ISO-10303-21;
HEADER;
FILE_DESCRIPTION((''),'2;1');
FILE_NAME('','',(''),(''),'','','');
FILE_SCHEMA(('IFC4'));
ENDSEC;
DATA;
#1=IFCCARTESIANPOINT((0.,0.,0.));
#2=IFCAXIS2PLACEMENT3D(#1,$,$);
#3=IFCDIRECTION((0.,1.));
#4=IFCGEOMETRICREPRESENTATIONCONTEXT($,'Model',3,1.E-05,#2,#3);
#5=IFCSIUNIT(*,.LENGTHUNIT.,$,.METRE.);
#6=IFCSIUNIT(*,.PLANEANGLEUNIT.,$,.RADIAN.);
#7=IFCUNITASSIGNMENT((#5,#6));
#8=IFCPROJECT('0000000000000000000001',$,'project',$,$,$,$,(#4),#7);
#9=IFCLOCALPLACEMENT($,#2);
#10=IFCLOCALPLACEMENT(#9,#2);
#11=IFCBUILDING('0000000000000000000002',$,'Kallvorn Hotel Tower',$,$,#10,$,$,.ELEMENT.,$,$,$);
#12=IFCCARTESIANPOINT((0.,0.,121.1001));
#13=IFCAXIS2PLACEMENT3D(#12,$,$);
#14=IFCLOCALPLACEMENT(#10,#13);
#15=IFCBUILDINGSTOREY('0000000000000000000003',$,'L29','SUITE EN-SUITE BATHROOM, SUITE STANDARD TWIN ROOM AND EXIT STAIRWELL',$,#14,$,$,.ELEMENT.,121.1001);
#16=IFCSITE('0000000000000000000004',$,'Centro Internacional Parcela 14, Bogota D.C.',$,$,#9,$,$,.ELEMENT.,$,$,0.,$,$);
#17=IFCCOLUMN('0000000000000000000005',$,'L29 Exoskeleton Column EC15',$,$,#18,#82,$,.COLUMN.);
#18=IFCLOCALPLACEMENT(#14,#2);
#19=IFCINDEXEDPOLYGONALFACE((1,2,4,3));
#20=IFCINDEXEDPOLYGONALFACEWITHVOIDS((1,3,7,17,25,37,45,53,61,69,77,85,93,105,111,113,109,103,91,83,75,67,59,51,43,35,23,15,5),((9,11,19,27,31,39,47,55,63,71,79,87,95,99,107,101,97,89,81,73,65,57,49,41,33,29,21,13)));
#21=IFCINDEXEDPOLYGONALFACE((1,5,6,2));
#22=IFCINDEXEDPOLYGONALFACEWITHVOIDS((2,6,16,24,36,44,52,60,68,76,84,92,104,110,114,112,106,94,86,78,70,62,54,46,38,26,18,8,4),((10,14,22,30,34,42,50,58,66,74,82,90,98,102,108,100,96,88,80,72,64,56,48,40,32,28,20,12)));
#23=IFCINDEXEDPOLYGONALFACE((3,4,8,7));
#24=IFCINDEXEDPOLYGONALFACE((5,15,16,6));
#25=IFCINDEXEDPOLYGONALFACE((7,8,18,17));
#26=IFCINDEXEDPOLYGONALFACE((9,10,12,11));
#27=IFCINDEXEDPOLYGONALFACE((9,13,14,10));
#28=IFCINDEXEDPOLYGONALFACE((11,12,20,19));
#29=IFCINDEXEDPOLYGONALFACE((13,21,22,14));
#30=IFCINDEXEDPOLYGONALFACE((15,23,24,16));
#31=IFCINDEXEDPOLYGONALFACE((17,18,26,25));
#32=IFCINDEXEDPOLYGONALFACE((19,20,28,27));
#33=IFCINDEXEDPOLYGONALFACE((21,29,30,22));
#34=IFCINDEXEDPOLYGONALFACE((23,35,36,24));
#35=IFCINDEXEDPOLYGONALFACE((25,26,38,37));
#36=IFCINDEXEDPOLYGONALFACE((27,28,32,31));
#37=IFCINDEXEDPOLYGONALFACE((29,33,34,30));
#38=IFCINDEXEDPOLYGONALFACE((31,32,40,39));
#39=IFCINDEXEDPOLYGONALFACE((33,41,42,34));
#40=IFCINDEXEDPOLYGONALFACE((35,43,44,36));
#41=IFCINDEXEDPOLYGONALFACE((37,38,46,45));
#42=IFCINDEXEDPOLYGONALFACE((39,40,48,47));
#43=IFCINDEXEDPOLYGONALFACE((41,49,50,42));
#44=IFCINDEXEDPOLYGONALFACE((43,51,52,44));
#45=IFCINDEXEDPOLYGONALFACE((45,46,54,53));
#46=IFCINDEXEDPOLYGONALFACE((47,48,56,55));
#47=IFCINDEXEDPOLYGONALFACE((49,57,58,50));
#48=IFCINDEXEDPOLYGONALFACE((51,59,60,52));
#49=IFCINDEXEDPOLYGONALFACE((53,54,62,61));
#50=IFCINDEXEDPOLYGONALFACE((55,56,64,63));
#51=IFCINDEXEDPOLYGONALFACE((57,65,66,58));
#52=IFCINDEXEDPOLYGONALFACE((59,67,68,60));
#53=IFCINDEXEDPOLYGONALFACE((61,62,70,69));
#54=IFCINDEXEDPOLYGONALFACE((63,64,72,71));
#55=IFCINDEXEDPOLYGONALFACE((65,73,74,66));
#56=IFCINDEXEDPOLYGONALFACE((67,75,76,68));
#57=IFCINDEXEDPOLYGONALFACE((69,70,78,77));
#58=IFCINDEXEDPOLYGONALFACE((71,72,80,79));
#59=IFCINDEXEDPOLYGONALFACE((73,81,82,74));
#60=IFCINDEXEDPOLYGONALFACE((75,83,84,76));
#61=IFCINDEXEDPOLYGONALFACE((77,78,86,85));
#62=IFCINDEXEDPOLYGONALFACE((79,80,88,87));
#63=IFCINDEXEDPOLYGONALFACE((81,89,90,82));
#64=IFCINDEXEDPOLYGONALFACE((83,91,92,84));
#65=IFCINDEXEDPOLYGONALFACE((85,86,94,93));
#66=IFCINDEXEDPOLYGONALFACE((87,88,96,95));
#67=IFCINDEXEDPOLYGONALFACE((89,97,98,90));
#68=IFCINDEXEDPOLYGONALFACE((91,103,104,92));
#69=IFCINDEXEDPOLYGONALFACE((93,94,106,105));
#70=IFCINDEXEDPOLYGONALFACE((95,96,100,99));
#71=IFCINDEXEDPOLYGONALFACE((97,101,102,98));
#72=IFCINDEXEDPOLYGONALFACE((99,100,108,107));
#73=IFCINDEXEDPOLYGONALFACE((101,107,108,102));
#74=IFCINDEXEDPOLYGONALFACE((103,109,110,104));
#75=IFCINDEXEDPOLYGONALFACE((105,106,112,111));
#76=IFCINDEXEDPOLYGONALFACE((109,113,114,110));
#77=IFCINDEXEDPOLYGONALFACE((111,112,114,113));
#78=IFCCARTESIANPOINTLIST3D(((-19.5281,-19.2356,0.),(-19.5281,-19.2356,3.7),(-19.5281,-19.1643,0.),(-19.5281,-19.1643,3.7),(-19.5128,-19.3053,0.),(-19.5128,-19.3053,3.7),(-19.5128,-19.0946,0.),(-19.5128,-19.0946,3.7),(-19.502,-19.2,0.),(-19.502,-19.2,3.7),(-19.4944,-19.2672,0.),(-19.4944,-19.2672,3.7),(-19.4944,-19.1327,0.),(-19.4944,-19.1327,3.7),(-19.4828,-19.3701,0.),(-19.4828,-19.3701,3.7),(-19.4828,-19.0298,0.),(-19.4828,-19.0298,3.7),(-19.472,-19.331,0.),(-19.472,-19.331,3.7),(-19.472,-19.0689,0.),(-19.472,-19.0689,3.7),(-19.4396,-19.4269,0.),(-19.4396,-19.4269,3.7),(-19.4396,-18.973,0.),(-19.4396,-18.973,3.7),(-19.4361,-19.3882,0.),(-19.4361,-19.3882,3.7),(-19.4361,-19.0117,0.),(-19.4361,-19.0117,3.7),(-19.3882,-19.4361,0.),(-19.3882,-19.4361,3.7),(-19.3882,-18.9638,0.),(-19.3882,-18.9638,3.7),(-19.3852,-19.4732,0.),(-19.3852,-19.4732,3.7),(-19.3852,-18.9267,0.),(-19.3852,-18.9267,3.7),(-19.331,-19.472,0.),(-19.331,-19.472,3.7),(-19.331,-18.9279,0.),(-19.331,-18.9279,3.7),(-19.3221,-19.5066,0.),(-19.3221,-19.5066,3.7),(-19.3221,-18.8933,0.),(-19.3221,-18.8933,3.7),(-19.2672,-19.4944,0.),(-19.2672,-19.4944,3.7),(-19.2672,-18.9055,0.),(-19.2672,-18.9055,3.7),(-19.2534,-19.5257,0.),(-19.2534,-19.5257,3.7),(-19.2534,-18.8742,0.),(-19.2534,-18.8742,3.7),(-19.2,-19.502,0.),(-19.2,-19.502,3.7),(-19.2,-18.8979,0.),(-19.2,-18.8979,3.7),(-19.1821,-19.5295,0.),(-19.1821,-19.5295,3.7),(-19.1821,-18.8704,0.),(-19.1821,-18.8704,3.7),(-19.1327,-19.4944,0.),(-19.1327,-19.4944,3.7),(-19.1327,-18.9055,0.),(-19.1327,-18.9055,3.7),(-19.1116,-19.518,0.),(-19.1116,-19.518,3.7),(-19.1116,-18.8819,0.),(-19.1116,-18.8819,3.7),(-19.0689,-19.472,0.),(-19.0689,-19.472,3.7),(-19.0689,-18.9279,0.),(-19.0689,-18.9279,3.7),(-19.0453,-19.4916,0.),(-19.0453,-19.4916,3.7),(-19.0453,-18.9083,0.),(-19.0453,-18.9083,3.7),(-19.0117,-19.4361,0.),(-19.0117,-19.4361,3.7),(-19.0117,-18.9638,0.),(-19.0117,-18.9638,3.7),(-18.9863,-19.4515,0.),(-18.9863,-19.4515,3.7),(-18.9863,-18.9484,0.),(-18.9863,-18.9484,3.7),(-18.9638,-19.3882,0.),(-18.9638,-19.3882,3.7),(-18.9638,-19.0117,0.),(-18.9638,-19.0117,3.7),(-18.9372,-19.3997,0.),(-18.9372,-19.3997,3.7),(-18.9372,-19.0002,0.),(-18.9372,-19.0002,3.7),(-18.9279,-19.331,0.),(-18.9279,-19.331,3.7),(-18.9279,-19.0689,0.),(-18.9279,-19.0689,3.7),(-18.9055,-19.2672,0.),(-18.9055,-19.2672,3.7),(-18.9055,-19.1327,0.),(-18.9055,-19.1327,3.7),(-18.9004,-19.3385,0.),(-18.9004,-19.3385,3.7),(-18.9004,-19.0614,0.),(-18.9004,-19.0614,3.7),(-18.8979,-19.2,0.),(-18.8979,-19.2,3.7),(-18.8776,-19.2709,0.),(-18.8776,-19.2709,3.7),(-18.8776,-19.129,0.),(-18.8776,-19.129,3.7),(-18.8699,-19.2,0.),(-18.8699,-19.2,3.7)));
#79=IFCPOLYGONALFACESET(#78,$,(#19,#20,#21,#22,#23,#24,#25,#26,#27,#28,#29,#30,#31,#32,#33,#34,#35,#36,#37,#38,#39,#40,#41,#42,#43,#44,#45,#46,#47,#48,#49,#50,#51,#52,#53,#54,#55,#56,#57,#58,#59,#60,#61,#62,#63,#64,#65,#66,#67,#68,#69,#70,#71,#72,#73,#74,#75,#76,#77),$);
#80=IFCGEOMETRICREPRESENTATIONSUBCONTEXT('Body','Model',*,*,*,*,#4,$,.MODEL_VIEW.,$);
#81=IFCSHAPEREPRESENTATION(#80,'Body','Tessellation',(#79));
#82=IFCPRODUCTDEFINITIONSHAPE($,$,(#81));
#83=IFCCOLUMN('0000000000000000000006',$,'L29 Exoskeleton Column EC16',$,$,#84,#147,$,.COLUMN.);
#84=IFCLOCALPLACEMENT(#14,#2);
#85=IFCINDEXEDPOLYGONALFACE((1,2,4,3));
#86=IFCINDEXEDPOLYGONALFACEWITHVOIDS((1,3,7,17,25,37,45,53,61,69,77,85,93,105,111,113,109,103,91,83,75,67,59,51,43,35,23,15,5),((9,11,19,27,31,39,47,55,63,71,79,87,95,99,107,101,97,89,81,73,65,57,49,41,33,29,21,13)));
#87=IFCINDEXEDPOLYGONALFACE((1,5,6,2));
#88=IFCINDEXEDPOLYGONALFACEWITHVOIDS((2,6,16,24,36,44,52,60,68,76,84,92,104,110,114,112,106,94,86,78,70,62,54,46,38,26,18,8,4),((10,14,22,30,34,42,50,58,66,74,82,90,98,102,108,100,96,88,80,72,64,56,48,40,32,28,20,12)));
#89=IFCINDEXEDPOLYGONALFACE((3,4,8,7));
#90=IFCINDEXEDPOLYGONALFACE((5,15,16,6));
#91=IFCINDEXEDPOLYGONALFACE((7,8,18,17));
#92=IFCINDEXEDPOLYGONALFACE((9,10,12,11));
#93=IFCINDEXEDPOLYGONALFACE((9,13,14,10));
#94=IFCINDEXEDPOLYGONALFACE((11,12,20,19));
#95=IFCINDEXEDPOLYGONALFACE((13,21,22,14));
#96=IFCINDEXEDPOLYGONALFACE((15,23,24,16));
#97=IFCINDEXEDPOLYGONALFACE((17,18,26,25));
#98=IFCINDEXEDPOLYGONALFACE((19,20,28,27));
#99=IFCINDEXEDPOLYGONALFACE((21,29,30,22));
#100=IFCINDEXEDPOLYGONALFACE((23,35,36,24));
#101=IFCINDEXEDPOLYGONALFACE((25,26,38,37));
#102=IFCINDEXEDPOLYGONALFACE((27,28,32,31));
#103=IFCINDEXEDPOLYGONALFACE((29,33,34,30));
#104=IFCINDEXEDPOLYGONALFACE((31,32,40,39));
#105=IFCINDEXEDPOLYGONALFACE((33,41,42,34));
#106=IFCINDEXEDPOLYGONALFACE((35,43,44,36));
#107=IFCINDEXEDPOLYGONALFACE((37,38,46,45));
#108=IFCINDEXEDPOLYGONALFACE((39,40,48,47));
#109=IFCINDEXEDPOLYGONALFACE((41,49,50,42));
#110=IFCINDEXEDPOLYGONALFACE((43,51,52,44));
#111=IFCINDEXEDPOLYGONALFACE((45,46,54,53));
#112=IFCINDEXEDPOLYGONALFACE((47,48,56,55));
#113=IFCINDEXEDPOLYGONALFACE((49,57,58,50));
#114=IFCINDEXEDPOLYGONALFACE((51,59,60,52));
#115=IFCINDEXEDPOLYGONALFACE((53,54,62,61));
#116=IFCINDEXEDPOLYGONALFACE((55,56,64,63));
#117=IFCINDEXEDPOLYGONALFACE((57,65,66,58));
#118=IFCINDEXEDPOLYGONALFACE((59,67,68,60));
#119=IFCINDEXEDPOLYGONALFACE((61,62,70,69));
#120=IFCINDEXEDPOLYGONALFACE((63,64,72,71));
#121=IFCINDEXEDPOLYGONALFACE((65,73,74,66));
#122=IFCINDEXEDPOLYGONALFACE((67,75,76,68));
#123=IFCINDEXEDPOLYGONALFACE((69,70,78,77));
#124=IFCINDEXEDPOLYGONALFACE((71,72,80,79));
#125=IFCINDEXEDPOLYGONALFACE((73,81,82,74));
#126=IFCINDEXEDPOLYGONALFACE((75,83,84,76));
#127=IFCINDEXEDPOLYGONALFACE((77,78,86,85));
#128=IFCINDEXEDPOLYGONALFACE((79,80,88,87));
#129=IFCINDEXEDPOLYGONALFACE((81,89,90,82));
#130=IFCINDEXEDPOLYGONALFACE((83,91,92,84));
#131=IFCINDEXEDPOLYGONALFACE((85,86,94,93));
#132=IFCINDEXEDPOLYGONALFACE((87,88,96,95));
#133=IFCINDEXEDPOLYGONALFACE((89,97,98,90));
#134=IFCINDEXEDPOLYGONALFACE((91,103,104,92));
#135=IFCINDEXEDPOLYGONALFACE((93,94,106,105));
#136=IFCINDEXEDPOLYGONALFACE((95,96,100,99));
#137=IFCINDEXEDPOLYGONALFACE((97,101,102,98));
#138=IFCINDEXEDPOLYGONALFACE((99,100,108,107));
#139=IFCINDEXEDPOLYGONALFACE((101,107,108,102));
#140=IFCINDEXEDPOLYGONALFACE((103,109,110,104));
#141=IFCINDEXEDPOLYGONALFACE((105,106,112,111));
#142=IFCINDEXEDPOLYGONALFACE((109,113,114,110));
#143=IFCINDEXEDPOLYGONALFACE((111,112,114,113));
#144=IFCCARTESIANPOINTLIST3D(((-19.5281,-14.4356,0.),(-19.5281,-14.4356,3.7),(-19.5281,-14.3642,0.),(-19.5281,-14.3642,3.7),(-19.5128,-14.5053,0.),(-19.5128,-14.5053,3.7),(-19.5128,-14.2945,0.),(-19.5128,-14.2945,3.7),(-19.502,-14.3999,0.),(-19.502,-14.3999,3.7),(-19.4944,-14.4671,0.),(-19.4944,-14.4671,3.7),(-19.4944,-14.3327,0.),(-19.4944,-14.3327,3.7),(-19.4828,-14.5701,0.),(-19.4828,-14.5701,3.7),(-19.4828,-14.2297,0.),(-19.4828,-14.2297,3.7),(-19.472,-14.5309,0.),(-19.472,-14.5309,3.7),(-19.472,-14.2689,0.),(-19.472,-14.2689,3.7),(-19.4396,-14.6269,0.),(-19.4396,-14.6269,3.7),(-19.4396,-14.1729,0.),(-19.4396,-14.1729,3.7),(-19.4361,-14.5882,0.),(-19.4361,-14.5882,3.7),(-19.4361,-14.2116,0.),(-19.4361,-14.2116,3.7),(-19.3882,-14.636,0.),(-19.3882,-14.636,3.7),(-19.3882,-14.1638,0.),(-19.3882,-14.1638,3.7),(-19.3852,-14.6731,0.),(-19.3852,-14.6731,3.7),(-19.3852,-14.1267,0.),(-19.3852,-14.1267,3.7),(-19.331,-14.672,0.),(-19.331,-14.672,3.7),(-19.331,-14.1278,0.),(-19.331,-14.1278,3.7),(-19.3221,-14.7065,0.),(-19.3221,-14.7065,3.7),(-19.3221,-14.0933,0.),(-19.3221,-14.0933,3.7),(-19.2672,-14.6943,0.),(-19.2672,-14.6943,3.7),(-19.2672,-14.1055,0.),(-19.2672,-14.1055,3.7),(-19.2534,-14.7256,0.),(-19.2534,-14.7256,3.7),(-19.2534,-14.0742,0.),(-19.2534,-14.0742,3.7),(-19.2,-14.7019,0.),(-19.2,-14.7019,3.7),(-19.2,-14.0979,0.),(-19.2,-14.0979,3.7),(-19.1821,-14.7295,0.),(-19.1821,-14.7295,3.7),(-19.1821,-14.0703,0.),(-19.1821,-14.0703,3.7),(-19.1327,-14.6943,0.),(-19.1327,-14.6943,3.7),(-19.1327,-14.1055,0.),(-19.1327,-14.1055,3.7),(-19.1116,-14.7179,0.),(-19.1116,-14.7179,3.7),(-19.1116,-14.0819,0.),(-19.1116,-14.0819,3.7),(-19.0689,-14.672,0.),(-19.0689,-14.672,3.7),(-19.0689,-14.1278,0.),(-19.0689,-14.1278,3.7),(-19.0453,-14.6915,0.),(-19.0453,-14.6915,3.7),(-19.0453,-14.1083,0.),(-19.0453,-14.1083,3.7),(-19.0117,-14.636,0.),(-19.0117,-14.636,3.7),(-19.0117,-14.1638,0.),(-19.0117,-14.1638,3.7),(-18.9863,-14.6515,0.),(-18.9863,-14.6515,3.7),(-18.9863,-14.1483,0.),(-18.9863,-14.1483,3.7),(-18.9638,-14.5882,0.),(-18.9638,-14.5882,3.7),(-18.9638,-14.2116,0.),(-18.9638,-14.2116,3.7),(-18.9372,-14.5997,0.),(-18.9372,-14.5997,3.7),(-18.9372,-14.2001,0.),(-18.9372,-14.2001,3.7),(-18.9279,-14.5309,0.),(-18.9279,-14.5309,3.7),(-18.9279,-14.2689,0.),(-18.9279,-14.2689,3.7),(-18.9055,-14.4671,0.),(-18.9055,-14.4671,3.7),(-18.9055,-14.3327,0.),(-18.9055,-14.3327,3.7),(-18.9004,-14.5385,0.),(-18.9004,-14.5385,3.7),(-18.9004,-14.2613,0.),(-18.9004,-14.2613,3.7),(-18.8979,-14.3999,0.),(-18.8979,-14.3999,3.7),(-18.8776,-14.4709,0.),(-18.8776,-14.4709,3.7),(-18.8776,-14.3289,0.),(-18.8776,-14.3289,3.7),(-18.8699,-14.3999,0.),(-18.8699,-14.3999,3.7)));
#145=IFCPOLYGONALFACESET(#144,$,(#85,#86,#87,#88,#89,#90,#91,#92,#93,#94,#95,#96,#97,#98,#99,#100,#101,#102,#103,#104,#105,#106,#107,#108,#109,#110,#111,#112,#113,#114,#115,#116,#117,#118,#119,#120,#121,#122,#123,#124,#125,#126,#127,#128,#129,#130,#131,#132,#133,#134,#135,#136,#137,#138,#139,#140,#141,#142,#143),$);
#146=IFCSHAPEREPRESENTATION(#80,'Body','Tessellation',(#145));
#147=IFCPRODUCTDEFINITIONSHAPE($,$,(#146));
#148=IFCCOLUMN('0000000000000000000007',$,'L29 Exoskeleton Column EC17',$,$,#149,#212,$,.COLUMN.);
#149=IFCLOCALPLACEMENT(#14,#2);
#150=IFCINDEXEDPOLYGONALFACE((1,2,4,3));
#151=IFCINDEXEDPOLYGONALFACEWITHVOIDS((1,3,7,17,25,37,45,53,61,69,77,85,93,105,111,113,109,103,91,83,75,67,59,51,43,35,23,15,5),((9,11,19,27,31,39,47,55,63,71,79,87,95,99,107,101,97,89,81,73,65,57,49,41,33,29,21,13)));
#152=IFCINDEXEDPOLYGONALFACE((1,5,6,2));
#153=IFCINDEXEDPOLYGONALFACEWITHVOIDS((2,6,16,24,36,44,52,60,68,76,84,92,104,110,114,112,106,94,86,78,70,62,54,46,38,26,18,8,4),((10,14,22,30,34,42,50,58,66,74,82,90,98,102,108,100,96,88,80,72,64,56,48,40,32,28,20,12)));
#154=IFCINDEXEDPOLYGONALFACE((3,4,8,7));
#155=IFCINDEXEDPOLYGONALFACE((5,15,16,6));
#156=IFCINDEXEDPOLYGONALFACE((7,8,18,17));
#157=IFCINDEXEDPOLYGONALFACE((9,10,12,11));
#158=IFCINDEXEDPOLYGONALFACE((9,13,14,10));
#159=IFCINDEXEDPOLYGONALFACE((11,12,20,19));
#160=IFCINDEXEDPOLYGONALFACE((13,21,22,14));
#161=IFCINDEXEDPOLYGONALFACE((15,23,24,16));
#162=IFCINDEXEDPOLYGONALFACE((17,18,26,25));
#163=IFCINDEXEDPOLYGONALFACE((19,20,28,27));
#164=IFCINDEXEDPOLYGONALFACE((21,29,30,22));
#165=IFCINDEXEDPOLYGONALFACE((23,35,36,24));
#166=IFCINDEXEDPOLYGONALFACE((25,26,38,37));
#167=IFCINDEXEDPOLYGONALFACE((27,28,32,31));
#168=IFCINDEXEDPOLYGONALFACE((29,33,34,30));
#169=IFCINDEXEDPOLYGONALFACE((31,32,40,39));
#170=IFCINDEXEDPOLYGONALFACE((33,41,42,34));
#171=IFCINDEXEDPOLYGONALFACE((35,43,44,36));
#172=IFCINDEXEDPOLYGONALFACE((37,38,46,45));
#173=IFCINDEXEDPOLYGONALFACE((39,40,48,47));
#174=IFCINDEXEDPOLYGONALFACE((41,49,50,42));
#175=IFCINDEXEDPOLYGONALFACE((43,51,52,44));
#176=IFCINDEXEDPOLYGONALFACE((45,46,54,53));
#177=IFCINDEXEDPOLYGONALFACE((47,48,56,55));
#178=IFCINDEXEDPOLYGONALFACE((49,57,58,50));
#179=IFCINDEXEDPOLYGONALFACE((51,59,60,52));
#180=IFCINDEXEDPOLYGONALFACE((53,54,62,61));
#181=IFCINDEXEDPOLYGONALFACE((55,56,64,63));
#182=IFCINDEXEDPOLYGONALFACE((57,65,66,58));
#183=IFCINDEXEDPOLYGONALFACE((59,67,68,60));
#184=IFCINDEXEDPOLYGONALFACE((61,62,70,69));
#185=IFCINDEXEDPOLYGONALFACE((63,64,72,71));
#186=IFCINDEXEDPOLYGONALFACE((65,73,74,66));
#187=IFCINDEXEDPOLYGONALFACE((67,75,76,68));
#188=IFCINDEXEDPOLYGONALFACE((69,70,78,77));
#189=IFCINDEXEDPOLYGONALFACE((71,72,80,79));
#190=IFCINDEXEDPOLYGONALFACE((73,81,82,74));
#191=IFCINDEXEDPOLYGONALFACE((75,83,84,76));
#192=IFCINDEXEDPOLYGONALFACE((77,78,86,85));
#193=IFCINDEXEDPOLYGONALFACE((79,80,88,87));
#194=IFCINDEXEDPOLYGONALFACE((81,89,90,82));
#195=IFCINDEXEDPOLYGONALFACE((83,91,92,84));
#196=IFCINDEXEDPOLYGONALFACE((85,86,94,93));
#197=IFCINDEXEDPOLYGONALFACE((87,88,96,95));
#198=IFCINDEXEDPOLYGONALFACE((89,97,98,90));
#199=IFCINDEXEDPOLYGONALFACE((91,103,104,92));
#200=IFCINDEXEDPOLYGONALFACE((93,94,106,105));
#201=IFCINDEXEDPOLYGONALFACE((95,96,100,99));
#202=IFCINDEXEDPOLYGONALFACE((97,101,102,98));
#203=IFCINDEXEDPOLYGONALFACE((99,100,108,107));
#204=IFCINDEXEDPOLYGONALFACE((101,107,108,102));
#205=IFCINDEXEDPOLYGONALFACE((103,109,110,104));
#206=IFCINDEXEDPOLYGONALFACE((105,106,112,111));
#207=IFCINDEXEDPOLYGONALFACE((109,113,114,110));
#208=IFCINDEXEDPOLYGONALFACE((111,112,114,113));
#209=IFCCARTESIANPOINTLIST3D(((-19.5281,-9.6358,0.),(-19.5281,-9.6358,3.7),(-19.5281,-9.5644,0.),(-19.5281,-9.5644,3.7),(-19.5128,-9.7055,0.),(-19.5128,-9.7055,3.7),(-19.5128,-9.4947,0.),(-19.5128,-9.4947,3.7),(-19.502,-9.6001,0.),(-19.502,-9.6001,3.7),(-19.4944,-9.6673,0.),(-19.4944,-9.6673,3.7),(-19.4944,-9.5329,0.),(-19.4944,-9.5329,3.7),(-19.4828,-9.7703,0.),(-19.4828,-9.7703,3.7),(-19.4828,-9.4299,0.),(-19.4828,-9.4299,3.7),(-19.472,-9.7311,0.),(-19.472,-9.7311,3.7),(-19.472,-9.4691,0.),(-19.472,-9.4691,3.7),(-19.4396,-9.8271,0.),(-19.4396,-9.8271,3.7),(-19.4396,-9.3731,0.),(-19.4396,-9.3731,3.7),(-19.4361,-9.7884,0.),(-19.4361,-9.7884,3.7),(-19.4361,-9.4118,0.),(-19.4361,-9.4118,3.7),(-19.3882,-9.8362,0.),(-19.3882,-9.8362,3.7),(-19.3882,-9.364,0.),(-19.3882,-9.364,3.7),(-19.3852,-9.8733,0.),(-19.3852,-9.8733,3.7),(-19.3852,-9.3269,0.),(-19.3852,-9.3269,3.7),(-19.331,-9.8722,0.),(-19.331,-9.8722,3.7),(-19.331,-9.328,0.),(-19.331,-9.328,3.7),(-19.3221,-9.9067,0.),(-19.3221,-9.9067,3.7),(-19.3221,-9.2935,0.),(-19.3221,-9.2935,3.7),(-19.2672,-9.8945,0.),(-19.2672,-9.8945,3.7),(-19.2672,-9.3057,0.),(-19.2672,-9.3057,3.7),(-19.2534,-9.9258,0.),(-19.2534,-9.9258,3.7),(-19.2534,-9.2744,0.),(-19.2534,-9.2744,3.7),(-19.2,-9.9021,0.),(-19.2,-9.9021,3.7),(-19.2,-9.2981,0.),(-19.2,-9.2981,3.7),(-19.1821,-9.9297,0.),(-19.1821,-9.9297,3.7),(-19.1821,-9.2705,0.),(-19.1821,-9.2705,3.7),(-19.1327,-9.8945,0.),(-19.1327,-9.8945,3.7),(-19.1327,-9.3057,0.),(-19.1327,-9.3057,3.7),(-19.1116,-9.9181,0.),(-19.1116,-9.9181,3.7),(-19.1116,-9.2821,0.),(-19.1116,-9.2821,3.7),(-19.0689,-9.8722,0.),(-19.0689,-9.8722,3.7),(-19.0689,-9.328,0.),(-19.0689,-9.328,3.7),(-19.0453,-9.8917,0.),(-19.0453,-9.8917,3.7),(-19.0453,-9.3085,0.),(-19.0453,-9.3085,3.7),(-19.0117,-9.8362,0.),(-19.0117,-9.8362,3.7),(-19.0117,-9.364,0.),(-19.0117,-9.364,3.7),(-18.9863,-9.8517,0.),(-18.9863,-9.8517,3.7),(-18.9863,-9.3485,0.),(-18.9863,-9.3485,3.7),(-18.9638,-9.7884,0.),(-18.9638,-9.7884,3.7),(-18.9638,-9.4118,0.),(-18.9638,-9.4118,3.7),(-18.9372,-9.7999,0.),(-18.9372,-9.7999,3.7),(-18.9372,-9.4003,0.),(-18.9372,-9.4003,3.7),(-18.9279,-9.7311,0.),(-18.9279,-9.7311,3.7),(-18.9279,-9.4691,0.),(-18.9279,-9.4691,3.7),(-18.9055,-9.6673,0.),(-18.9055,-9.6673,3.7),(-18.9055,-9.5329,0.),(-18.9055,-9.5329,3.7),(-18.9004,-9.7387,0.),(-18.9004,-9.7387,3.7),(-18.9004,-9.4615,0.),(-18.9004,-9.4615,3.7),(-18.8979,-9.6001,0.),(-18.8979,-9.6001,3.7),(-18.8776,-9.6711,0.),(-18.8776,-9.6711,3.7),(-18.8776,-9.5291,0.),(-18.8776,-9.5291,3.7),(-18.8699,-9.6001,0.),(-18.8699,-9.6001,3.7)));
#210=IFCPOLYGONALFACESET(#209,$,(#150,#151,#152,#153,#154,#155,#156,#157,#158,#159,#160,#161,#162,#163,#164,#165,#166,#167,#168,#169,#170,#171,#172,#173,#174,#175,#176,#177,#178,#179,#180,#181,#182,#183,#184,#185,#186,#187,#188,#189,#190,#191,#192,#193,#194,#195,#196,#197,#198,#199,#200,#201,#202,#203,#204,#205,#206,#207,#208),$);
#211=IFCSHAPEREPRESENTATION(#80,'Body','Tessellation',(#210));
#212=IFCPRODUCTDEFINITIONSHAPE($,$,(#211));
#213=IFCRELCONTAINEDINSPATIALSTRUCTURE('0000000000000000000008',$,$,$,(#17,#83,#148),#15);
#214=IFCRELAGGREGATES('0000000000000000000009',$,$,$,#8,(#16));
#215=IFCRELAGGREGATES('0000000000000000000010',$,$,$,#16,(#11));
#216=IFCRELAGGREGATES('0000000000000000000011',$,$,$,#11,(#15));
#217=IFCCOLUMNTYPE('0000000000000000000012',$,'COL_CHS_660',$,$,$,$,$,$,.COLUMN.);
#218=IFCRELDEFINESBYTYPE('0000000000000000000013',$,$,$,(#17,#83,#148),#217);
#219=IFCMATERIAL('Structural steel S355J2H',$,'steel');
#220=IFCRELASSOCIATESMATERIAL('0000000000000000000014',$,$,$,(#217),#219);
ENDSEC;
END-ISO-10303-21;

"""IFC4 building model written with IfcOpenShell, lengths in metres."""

from ifc_helpers import new_model, si_unit, direction, frame, origin, origin_2d, place, context, subcontext, project, spatial, hollow_circle, extrude, material, material_profile, profile_set, type_object, element, save


model = new_model("IFC4")

# Units and contexts
model_context = context("Model", 3, precision=1e-05, world=origin(), true_north=direction((0.0, 1.0)))
body_context = subcontext(model_context, "Body", "Model", "MODEL_VIEW")
ifc_project = project(units=[si_unit("LENGTHUNIT", "METRE"), si_unit("PLANEANGLEUNIT", "RADIAN")], contexts=[model_context])

# Site, building, storey
site_placement = place(None, origin())
site = spatial("IfcSite", under=ifc_project, at=site_placement, Name="Centro Internacional Parcela 14, Bogota D.C.", CompositionType="ELEMENT", RefElevation=0.0)
building_placement = place(site_placement, origin())
building = spatial("IfcBuilding", under=site, at=building_placement, Name="Kallvorn Hotel Tower", CompositionType="ELEMENT")
storey_placement = place(building_placement, frame((0.0, 0.0, 121.1001)))
storey = spatial("IfcBuildingStorey", under=building, at=storey_placement, Name="L29", Description="SUITE EN-SUITE BATHROOM, SUITE STANDARD TWIN ROOM AND EXIT STAIRWELL", CompositionType="ELEMENT", Elevation=121.1001)

# Columns
ifc_material_1 = material(Name="Structural steel S355J2H", Category="steel")
ifc_material_profile_1 = material_profile(ifc_material_1, hollow_circle(Radius=0.3301, WallThickness=0.0281, at=origin_2d()), Name="CHS 660x28")
ifc_profile_set_1 = profile_set([ifc_material_profile_1], Name="Structural steel S355J2H")
column_type_1 = type_object("IfcColumnType", Name="COL_CHS_660", PredefinedType="COLUMN", material=ifc_profile_set_1)
for number, where, z_axis, x_axis, name in (
    (1, (-19.2, -19.2, 0.0), (0.0, 0.0, 1.0), (1.0, 0.0, 0.0), "L29 Exoskeleton Column EC15"),
    (2, (-19.2, -14.3999, 0.0), (0.0, 0.0, 1.0), (1.0, 0.0, 0.0), "L29 Exoskeleton Column EC16"),
    (3, (-19.2, -9.6001, 0.0), (0.0, 0.0, 1.0), (1.0, 0.0, 0.0), "L29 Exoskeleton Column EC17"),
):
    element("IfcColumn", number, at=place(storey_placement, frame(where, z_axis=z_axis, x_axis=x_axis)), inside=storey, type_object=column_type_1, Name=name, PredefinedType="COLUMN", context=body_context, shape_type="SweptSolid", body=[
        extrude(hollow_circle(Radius=0.3301, WallThickness=0.0281, at=origin_2d()), origin(), (0.0, 0.0, 1.0), 3.7),
    ])

save(model, "model.ifc")
